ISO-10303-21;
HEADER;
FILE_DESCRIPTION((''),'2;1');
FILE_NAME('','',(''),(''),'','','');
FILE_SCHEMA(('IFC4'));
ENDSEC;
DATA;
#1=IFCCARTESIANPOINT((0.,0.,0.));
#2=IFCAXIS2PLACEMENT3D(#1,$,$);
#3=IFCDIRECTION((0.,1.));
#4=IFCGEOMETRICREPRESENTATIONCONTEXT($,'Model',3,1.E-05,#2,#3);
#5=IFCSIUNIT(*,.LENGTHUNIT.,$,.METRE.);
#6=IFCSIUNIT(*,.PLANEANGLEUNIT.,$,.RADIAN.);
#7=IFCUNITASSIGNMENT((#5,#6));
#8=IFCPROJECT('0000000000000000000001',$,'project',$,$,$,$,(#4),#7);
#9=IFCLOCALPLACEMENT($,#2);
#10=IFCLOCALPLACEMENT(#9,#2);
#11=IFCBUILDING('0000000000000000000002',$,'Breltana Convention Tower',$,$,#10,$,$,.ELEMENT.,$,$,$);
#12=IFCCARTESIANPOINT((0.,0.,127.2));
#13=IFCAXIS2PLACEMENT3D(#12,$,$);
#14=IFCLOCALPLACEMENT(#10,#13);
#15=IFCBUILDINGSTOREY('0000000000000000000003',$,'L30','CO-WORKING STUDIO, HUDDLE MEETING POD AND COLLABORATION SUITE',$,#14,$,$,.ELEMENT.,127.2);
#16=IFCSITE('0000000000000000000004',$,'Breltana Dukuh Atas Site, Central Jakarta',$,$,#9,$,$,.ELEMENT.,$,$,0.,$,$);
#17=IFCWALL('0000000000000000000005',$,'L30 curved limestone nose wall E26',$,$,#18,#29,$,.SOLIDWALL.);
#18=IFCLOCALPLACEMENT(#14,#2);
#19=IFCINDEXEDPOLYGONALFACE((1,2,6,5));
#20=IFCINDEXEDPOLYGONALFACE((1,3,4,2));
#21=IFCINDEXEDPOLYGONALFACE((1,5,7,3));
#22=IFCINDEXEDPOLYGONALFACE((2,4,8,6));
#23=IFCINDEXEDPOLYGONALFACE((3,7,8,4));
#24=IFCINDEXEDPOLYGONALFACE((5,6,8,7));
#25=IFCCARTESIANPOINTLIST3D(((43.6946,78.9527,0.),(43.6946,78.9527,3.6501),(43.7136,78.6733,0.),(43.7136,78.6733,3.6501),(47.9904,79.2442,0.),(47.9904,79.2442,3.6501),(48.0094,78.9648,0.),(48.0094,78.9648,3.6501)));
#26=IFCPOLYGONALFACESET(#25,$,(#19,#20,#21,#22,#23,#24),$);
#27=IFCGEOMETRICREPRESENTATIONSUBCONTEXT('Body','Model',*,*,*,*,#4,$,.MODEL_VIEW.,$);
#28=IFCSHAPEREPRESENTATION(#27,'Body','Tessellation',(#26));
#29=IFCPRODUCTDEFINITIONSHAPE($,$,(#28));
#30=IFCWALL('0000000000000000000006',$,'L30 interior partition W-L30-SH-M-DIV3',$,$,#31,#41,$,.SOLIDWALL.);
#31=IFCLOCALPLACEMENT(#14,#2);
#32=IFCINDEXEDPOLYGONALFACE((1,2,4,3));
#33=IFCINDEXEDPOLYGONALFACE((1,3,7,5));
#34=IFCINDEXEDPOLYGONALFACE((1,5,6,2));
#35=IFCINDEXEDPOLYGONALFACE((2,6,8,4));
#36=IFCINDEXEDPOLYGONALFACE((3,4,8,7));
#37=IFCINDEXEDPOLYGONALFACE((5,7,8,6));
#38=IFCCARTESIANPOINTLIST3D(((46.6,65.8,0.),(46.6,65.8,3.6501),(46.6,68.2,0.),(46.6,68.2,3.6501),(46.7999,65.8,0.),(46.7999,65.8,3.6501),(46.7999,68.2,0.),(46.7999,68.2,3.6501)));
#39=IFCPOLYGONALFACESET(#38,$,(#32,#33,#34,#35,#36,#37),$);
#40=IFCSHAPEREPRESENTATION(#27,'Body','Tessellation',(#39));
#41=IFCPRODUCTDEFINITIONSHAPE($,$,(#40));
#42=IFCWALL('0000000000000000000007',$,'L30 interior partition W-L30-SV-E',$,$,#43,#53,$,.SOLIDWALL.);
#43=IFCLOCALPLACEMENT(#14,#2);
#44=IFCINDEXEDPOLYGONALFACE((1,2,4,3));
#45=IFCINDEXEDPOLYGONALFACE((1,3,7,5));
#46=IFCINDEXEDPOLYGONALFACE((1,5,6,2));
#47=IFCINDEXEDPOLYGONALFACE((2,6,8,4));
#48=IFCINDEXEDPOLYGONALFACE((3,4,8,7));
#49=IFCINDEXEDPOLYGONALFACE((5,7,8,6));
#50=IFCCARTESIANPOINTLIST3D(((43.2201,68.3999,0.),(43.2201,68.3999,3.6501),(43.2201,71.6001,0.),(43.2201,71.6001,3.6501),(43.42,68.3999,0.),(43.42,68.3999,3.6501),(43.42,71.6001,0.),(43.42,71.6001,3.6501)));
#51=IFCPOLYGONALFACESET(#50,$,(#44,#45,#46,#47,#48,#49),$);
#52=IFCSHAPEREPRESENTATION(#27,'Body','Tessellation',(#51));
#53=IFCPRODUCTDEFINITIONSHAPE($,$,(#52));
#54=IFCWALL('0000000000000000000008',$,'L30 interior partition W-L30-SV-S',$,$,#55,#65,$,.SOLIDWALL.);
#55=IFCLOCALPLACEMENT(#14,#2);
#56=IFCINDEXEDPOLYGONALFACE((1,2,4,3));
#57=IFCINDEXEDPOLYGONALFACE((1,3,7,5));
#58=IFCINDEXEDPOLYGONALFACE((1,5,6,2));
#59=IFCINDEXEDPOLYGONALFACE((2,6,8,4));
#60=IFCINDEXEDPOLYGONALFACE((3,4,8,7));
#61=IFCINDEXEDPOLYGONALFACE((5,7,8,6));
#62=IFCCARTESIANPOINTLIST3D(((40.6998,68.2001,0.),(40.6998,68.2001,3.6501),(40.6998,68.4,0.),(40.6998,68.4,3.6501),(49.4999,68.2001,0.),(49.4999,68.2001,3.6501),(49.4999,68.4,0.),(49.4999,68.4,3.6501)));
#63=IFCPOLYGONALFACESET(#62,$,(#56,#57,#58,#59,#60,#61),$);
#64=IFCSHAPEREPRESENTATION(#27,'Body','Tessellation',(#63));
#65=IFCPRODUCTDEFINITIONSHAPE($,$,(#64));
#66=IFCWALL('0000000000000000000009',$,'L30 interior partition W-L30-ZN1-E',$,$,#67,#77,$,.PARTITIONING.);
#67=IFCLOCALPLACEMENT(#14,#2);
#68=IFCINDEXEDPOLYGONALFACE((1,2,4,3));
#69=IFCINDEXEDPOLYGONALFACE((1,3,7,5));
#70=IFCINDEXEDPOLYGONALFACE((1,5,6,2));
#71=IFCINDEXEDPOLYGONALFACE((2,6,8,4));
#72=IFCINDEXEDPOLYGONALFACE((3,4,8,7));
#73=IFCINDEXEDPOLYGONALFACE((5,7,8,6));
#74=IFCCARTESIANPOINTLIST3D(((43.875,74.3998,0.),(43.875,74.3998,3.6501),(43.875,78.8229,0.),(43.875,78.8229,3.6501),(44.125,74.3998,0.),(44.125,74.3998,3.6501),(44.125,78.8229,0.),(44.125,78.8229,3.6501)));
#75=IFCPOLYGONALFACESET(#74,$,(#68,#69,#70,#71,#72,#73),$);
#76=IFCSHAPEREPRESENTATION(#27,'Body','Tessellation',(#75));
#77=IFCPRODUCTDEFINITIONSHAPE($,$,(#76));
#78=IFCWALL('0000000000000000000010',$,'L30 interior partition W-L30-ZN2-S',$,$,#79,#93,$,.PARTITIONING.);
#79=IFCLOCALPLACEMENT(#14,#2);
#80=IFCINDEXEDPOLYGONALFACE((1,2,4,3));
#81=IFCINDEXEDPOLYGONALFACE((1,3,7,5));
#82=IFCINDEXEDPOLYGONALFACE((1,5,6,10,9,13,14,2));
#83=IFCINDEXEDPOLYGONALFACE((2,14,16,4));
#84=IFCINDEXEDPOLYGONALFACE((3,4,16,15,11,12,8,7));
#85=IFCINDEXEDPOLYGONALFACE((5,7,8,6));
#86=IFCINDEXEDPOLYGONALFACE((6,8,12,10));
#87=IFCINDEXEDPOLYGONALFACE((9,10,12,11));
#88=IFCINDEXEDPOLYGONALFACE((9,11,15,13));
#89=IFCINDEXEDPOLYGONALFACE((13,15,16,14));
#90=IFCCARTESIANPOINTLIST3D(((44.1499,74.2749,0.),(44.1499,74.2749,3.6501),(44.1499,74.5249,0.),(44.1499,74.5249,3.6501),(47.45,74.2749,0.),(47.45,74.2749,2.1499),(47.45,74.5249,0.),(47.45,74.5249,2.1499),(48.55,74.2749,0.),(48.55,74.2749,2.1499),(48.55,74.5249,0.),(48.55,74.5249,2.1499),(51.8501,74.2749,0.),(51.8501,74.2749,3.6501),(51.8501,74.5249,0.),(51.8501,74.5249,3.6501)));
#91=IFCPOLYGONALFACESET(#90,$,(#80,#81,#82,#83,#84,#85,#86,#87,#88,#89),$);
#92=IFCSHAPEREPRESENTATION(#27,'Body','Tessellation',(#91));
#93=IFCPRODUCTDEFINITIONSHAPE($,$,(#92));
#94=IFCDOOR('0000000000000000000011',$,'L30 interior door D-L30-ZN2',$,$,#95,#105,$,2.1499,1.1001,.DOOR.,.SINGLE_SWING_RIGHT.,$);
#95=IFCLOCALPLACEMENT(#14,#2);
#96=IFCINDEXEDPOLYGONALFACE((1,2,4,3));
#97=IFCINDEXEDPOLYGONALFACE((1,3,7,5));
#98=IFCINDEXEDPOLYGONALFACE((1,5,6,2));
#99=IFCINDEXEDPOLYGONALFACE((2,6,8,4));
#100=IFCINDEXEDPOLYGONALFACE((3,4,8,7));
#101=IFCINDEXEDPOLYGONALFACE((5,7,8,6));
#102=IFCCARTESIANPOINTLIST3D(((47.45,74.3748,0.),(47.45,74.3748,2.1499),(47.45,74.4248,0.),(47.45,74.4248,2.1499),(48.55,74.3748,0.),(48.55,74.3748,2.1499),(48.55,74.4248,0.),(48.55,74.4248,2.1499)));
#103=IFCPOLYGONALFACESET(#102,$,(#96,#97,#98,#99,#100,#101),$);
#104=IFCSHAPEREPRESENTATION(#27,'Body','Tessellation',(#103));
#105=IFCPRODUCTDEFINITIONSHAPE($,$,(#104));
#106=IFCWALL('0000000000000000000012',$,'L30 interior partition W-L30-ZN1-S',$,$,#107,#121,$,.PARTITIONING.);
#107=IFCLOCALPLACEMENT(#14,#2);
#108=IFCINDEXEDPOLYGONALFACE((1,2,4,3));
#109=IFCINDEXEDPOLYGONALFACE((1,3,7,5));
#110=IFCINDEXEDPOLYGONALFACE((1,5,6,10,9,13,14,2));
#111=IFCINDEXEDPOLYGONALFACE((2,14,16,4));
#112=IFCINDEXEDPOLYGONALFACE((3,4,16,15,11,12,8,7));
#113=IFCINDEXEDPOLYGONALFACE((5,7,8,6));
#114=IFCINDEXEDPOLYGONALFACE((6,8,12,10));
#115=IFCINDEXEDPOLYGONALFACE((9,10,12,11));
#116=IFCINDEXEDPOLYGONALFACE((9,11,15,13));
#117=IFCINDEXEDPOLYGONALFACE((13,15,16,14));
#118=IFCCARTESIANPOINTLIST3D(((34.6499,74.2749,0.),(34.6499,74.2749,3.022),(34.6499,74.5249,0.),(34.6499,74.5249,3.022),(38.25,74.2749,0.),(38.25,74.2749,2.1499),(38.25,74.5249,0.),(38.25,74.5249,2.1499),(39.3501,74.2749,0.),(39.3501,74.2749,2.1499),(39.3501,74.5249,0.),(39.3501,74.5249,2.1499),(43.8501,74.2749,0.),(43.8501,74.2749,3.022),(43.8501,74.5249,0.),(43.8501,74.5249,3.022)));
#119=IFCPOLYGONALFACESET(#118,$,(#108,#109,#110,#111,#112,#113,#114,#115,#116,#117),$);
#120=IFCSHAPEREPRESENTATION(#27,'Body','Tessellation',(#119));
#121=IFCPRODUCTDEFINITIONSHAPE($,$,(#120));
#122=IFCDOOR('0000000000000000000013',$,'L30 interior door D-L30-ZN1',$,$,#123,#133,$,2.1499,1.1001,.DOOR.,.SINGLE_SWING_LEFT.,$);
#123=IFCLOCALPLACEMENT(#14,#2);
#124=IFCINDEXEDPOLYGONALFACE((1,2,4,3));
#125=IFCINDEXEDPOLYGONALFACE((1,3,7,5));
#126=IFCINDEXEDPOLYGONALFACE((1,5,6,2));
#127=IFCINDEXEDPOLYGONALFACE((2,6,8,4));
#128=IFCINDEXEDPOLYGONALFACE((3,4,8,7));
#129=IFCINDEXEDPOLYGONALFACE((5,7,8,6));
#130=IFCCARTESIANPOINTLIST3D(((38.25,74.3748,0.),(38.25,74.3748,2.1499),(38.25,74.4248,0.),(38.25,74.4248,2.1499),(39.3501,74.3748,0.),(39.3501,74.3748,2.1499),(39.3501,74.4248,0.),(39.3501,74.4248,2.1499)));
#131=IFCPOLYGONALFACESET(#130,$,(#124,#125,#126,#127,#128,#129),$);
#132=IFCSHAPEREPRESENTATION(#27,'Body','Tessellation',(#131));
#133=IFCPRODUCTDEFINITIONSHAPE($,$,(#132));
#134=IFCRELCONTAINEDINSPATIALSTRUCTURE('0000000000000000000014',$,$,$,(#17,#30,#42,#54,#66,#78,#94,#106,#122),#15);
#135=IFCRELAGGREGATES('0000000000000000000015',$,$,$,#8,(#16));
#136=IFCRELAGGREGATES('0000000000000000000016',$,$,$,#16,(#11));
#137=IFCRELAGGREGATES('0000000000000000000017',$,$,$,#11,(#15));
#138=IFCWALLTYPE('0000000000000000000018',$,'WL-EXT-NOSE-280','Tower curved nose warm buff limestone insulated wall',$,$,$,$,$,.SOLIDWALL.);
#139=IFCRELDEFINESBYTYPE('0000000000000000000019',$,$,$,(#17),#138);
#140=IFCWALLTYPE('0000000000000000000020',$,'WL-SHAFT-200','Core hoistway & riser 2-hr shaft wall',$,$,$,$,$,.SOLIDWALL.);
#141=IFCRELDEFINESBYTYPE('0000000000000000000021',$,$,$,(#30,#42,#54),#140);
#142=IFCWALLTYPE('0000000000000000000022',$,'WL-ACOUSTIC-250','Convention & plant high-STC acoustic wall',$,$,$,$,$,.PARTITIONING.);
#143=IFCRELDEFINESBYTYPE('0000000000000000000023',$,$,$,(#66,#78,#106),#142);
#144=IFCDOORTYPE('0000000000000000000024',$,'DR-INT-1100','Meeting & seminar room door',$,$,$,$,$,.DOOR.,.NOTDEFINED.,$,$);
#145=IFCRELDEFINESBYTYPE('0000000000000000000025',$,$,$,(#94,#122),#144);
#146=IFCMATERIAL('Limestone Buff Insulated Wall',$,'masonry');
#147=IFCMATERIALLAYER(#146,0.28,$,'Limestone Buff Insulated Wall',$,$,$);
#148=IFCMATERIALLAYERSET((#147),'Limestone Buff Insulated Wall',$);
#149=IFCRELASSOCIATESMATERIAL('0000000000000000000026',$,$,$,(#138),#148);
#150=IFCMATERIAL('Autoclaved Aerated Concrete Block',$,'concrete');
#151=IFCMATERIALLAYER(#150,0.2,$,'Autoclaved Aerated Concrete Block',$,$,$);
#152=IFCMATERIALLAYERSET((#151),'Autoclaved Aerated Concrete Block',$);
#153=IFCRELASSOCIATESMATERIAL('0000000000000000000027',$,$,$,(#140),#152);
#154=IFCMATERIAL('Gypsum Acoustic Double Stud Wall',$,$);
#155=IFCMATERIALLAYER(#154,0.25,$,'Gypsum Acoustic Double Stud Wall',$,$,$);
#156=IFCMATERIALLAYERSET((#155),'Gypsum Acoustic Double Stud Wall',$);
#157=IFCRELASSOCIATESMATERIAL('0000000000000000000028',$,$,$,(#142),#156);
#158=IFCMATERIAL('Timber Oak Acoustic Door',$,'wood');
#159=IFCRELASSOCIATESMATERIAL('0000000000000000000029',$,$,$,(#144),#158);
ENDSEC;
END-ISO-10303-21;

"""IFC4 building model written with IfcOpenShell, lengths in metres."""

from ifc_helpers import new_model, si_unit, direction, frame, frame_2d, origin, place, context, subcontext, project, spatial, rectangle, extrude, source, transform, mapped, material, layer, layer_set, type_object, type_shapes, element, fill, save


model = new_model("IFC4")

# Units and contexts
model_context = context("Model", 3, precision=1e-05, world=origin(), true_north=direction((0.0, 1.0)))
body_context = subcontext(model_context, "Body", "Model", "MODEL_VIEW")
ifc_project = project(units=[si_unit("LENGTHUNIT", "METRE"), si_unit("PLANEANGLEUNIT", "RADIAN")], contexts=[model_context])

# Site, building, storey
site_placement = place(None, origin())
site = spatial("IfcSite", under=ifc_project, at=site_placement, Name="Breltana Dukuh Atas Site, Central Jakarta", CompositionType="ELEMENT", RefElevation=0.0)
building_placement = place(site_placement, origin())
building = spatial("IfcBuilding", under=site, at=building_placement, Name="Breltana Convention Tower", CompositionType="ELEMENT")
storey_placement = place(building_placement, frame((0.0, 0.0, 127.2)))
storey = spatial("IfcBuildingStorey", under=building, at=storey_placement, Name="L30", Description="CO-WORKING STUDIO, HUDDLE MEETING POD AND COLLABORATION SUITE", CompositionType="ELEMENT", Elevation=127.2)

# Walls
ifc_material_1 = material(Name="Limestone Buff Insulated Wall", Category="masonry")
ifc_layer_1 = layer(ifc_material_1, 0.28, Name="Limestone Buff Insulated Wall")
ifc_layer_set_1 = layer_set([ifc_layer_1], Name="Limestone Buff Insulated Wall")
wall_type_1 = type_object("IfcWallType", Name="WL-EXT-NOSE-280", Description="Tower curved nose warm buff limestone insulated wall", PredefinedType="SOLIDWALL", material=ifc_layer_set_1)
shared_shape_1 = source(origin(), body_context, "Body", "SweptSolid", [
    extrude(rectangle(XDim=4.3057, YDim=0.28, at=frame_2d((2.1528, 0.0))), origin(), (0.0, 0.0, 1.0), 3.6501),
])
wall_1_placement = place(storey_placement, frame((43.7041, 78.813, 0.0), z_axis=(0.0, 0.0, 1.0), x_axis=(0.997706, 0.067701, 0.0)))
element("IfcWall", 1, at=wall_1_placement, inside=storey, type_object=wall_type_1, Name="L30 curved limestone nose wall E26", PredefinedType="SOLIDWALL", context=body_context, shape_type="MappedRepresentation", body=[
    mapped(shared_shape_1, transform((0.0, 0.0, 0.0), scale=1.0)),
])
ifc_material_2 = material(Name="Autoclaved Aerated Concrete Block", Category="concrete")
ifc_layer_2 = layer(ifc_material_2, 0.2, Name="Autoclaved Aerated Concrete Block")
ifc_layer_set_2 = layer_set([ifc_layer_2], Name="Autoclaved Aerated Concrete Block")
wall_type_2 = type_object("IfcWallType", Name="WL-SHAFT-200", Description="Core hoistway & riser 2-hr shaft wall", PredefinedType="SOLIDWALL", material=ifc_layer_set_2)
shared_shape_2 = source(origin(), body_context, "Body", "SweptSolid", [
    extrude(rectangle(XDim=2.3999, YDim=0.2, at=frame_2d((1.2, 0.0))), origin(), (0.0, 0.0, 1.0), 3.6501),
])
wall_2_placement = place(storey_placement, frame((46.7, 65.8, 0.0), z_axis=(0.0, 0.0, 1.0), x_axis=(0.0, 1.0, 0.0)))
element("IfcWall", 2, at=wall_2_placement, inside=storey, type_object=wall_type_2, Name="L30 interior partition W-L30-SH-M-DIV3", PredefinedType="SOLIDWALL", context=body_context, shape_type="MappedRepresentation", body=[
    mapped(shared_shape_2, transform((0.0, 0.0, 0.0), scale=1.0)),
])
shared_shape_3 = source(origin(), body_context, "Body", "SweptSolid", [
    extrude(rectangle(XDim=3.2002, YDim=0.2, at=frame_2d((1.6001, 0.0))), origin(), (0.0, 0.0, 1.0), 3.6501),
])
wall_3_placement = place(storey_placement, frame((43.3201, 68.3999, 0.0), z_axis=(0.0, 0.0, 1.0), x_axis=(0.0, 1.0, 0.0)))
element("IfcWall", 3, at=wall_3_placement, inside=storey, type_object=wall_type_2, Name="L30 interior partition W-L30-SV-E", PredefinedType="SOLIDWALL", context=body_context, shape_type="MappedRepresentation", body=[
    mapped(shared_shape_3, transform((0.0, 0.0, 0.0), scale=1.0)),
])
shared_shape_4 = source(origin(), body_context, "Body", "SweptSolid", [
    extrude(rectangle(XDim=8.8, YDim=0.2, at=frame_2d((4.3999, 0.0))), origin(), (0.0, 0.0, 1.0), 3.6501),
])
wall_4_placement = place(storey_placement, frame((40.7, 68.3, 0.0), z_axis=(0.0, 0.0, 1.0), x_axis=(1.0, 0.0, 0.0)))
element("IfcWall", 4, at=wall_4_placement, inside=storey, type_object=wall_type_2, Name="L30 interior partition W-L30-SV-S", PredefinedType="SOLIDWALL", context=body_context, shape_type="MappedRepresentation", body=[
    mapped(shared_shape_4, transform((0.0, 0.0, 0.0), scale=1.0)),
])
ifc_material_3 = material(Name="Gypsum Acoustic Double Stud Wall")
ifc_layer_3 = layer(ifc_material_3, 0.25, Name="Gypsum Acoustic Double Stud Wall")
ifc_layer_set_3 = layer_set([ifc_layer_3], Name="Gypsum Acoustic Double Stud Wall")
wall_type_3 = type_object("IfcWallType", Name="WL-ACOUSTIC-250", Description="Convention & plant high-STC acoustic wall", PredefinedType="PARTITIONING", material=ifc_layer_set_3)
shared_shape_5 = source(origin(), body_context, "Body", "SweptSolid", [
    extrude(rectangle(XDim=4.4231, YDim=0.25, at=frame_2d((2.2114, 0.0))), origin(), (0.0, 0.0, 1.0), 3.6501),
])
wall_5_placement = place(storey_placement, frame((44.0, 74.3999, 0.0), z_axis=(0.0, 0.0, 1.0), x_axis=(0.0, 1.0, 0.0)))
element("IfcWall", 5, at=wall_5_placement, inside=storey, type_object=wall_type_3, Name="L30 interior partition W-L30-ZN1-E", PredefinedType="PARTITIONING", context=body_context, shape_type="MappedRepresentation", body=[
    mapped(shared_shape_5, transform((0.0, 0.0, 0.0), scale=1.0)),
])

# Walls, openings, doors
shared_shape_6 = source(origin(), body_context, "Body", "SweptSolid", [
    extrude(rectangle(XDim=7.7002, YDim=0.25, at=frame_2d((3.8501, 0.0))), origin(), (0.0, 0.0, 1.0), 3.6501),
])
wall_6_placement = place(storey_placement, frame((44.1499, 74.3999, 0.0), z_axis=(0.0, 0.0, 1.0), x_axis=(1.0, 0.0, 0.0)))
wall_6 = element("IfcWall", 6, at=wall_6_placement, inside=storey, type_object=wall_type_3, Name="L30 interior partition W-L30-ZN2-S", PredefinedType="PARTITIONING", context=body_context, shape_type="MappedRepresentation", body=[
    mapped(shared_shape_6, transform((0.0, 0.0, 0.0), scale=1.0)),
])
opening_1_placement = place(wall_6_placement, frame((3.3, 0.0, 0.0)))
opening_1 = element("IfcOpeningElement", 7, at=opening_1_placement, cuts=wall_6, PredefinedType="OPENING", context=body_context, shape_type="SweptSolid", body=[
    extrude(rectangle(XDim=1.1001, YDim=2.1499, at=frame_2d((0.55, 1.075))), frame((0.0, 0.135, 0.0), z_axis=(0.0, -1.0, 0.0), x_axis=(1.0, 0.0, 0.0)), (0.0, 0.0, 1.0), 0.27),
])
ifc_material_4 = material(Name="Timber Oak Acoustic Door", Category="wood")
door_type_1 = type_object("IfcDoorType", Name="DR-INT-1100", Description="Meeting & seminar room door", OperationType="NOTDEFINED", PredefinedType="DOOR", material=ifc_material_4)
shared_shape_7 = source(origin(), body_context, "Body", "SweptSolid", [
    extrude(rectangle(XDim=1.1001, YDim=2.1499, at=frame_2d((0.55, 1.075))), frame((0.0, 0.0249, 0.0), z_axis=(0.0, -1.0, 0.0), x_axis=(1.0, 0.0, 0.0)), (0.0, 0.0, 1.0), 0.05),
])
type_shapes(door_type_1, [shared_shape_7])
door_1_placement = place(opening_1_placement, origin())
door_1 = element("IfcDoor", 8, at=door_1_placement, inside=storey, type_object=door_type_1, Name="L30 interior door D-L30-ZN2", OperationType="SINGLE_SWING_RIGHT", OverallHeight=2.1499, OverallWidth=1.1001, PredefinedType="DOOR", context=body_context, shape_type="MappedRepresentation", body=[
    mapped(shared_shape_7, transform((0.0, 0.0, 0.0), scale=1.0)),
])
fill(opening_1, door_1)
shared_shape_8 = source(origin(), body_context, "Body", "SweptSolid", [
    extrude(rectangle(XDim=9.2002, YDim=0.25, at=frame_2d((4.6001, 0.0))), origin(), (0.0, 0.0, 1.0), 3.022),
])
wall_7_placement = place(storey_placement, frame((34.6499, 74.3999, 0.0), z_axis=(0.0, 0.0, 1.0), x_axis=(1.0, 0.0, 0.0)))
wall_7 = element("IfcWall", 9, at=wall_7_placement, inside=storey, type_object=wall_type_3, Name="L30 interior partition W-L30-ZN1-S", PredefinedType="PARTITIONING", context=body_context, shape_type="MappedRepresentation", body=[
    mapped(shared_shape_8, transform((0.0, 0.0, 0.0), scale=1.0)),
])
opening_2_placement = place(wall_7_placement, frame((3.6001, 0.0, 0.0)))
opening_2 = element("IfcOpeningElement", 10, at=opening_2_placement, cuts=wall_7, PredefinedType="OPENING", context=body_context, shape_type="SweptSolid", body=[
    extrude(rectangle(XDim=1.1001, YDim=2.1499, at=frame_2d((0.55, 1.075))), frame((0.0, 0.135, 0.0), z_axis=(0.0, -1.0, 0.0), x_axis=(1.0, 0.0, 0.0)), (0.0, 0.0, 1.0), 0.27),
])
door_2_placement = place(opening_2_placement, origin())
door_2 = element("IfcDoor", 11, at=door_2_placement, inside=storey, type_object=door_type_1, Name="L30 interior door D-L30-ZN1", OperationType="SINGLE_SWING_LEFT", OverallHeight=2.1499, OverallWidth=1.1001, PredefinedType="DOOR", context=body_context, shape_type="MappedRepresentation", body=[
    mapped(shared_shape_7, transform((0.0, 0.0, 0.0), scale=1.0)),
])
fill(opening_2, door_2)

save(model, "model.ifc")
